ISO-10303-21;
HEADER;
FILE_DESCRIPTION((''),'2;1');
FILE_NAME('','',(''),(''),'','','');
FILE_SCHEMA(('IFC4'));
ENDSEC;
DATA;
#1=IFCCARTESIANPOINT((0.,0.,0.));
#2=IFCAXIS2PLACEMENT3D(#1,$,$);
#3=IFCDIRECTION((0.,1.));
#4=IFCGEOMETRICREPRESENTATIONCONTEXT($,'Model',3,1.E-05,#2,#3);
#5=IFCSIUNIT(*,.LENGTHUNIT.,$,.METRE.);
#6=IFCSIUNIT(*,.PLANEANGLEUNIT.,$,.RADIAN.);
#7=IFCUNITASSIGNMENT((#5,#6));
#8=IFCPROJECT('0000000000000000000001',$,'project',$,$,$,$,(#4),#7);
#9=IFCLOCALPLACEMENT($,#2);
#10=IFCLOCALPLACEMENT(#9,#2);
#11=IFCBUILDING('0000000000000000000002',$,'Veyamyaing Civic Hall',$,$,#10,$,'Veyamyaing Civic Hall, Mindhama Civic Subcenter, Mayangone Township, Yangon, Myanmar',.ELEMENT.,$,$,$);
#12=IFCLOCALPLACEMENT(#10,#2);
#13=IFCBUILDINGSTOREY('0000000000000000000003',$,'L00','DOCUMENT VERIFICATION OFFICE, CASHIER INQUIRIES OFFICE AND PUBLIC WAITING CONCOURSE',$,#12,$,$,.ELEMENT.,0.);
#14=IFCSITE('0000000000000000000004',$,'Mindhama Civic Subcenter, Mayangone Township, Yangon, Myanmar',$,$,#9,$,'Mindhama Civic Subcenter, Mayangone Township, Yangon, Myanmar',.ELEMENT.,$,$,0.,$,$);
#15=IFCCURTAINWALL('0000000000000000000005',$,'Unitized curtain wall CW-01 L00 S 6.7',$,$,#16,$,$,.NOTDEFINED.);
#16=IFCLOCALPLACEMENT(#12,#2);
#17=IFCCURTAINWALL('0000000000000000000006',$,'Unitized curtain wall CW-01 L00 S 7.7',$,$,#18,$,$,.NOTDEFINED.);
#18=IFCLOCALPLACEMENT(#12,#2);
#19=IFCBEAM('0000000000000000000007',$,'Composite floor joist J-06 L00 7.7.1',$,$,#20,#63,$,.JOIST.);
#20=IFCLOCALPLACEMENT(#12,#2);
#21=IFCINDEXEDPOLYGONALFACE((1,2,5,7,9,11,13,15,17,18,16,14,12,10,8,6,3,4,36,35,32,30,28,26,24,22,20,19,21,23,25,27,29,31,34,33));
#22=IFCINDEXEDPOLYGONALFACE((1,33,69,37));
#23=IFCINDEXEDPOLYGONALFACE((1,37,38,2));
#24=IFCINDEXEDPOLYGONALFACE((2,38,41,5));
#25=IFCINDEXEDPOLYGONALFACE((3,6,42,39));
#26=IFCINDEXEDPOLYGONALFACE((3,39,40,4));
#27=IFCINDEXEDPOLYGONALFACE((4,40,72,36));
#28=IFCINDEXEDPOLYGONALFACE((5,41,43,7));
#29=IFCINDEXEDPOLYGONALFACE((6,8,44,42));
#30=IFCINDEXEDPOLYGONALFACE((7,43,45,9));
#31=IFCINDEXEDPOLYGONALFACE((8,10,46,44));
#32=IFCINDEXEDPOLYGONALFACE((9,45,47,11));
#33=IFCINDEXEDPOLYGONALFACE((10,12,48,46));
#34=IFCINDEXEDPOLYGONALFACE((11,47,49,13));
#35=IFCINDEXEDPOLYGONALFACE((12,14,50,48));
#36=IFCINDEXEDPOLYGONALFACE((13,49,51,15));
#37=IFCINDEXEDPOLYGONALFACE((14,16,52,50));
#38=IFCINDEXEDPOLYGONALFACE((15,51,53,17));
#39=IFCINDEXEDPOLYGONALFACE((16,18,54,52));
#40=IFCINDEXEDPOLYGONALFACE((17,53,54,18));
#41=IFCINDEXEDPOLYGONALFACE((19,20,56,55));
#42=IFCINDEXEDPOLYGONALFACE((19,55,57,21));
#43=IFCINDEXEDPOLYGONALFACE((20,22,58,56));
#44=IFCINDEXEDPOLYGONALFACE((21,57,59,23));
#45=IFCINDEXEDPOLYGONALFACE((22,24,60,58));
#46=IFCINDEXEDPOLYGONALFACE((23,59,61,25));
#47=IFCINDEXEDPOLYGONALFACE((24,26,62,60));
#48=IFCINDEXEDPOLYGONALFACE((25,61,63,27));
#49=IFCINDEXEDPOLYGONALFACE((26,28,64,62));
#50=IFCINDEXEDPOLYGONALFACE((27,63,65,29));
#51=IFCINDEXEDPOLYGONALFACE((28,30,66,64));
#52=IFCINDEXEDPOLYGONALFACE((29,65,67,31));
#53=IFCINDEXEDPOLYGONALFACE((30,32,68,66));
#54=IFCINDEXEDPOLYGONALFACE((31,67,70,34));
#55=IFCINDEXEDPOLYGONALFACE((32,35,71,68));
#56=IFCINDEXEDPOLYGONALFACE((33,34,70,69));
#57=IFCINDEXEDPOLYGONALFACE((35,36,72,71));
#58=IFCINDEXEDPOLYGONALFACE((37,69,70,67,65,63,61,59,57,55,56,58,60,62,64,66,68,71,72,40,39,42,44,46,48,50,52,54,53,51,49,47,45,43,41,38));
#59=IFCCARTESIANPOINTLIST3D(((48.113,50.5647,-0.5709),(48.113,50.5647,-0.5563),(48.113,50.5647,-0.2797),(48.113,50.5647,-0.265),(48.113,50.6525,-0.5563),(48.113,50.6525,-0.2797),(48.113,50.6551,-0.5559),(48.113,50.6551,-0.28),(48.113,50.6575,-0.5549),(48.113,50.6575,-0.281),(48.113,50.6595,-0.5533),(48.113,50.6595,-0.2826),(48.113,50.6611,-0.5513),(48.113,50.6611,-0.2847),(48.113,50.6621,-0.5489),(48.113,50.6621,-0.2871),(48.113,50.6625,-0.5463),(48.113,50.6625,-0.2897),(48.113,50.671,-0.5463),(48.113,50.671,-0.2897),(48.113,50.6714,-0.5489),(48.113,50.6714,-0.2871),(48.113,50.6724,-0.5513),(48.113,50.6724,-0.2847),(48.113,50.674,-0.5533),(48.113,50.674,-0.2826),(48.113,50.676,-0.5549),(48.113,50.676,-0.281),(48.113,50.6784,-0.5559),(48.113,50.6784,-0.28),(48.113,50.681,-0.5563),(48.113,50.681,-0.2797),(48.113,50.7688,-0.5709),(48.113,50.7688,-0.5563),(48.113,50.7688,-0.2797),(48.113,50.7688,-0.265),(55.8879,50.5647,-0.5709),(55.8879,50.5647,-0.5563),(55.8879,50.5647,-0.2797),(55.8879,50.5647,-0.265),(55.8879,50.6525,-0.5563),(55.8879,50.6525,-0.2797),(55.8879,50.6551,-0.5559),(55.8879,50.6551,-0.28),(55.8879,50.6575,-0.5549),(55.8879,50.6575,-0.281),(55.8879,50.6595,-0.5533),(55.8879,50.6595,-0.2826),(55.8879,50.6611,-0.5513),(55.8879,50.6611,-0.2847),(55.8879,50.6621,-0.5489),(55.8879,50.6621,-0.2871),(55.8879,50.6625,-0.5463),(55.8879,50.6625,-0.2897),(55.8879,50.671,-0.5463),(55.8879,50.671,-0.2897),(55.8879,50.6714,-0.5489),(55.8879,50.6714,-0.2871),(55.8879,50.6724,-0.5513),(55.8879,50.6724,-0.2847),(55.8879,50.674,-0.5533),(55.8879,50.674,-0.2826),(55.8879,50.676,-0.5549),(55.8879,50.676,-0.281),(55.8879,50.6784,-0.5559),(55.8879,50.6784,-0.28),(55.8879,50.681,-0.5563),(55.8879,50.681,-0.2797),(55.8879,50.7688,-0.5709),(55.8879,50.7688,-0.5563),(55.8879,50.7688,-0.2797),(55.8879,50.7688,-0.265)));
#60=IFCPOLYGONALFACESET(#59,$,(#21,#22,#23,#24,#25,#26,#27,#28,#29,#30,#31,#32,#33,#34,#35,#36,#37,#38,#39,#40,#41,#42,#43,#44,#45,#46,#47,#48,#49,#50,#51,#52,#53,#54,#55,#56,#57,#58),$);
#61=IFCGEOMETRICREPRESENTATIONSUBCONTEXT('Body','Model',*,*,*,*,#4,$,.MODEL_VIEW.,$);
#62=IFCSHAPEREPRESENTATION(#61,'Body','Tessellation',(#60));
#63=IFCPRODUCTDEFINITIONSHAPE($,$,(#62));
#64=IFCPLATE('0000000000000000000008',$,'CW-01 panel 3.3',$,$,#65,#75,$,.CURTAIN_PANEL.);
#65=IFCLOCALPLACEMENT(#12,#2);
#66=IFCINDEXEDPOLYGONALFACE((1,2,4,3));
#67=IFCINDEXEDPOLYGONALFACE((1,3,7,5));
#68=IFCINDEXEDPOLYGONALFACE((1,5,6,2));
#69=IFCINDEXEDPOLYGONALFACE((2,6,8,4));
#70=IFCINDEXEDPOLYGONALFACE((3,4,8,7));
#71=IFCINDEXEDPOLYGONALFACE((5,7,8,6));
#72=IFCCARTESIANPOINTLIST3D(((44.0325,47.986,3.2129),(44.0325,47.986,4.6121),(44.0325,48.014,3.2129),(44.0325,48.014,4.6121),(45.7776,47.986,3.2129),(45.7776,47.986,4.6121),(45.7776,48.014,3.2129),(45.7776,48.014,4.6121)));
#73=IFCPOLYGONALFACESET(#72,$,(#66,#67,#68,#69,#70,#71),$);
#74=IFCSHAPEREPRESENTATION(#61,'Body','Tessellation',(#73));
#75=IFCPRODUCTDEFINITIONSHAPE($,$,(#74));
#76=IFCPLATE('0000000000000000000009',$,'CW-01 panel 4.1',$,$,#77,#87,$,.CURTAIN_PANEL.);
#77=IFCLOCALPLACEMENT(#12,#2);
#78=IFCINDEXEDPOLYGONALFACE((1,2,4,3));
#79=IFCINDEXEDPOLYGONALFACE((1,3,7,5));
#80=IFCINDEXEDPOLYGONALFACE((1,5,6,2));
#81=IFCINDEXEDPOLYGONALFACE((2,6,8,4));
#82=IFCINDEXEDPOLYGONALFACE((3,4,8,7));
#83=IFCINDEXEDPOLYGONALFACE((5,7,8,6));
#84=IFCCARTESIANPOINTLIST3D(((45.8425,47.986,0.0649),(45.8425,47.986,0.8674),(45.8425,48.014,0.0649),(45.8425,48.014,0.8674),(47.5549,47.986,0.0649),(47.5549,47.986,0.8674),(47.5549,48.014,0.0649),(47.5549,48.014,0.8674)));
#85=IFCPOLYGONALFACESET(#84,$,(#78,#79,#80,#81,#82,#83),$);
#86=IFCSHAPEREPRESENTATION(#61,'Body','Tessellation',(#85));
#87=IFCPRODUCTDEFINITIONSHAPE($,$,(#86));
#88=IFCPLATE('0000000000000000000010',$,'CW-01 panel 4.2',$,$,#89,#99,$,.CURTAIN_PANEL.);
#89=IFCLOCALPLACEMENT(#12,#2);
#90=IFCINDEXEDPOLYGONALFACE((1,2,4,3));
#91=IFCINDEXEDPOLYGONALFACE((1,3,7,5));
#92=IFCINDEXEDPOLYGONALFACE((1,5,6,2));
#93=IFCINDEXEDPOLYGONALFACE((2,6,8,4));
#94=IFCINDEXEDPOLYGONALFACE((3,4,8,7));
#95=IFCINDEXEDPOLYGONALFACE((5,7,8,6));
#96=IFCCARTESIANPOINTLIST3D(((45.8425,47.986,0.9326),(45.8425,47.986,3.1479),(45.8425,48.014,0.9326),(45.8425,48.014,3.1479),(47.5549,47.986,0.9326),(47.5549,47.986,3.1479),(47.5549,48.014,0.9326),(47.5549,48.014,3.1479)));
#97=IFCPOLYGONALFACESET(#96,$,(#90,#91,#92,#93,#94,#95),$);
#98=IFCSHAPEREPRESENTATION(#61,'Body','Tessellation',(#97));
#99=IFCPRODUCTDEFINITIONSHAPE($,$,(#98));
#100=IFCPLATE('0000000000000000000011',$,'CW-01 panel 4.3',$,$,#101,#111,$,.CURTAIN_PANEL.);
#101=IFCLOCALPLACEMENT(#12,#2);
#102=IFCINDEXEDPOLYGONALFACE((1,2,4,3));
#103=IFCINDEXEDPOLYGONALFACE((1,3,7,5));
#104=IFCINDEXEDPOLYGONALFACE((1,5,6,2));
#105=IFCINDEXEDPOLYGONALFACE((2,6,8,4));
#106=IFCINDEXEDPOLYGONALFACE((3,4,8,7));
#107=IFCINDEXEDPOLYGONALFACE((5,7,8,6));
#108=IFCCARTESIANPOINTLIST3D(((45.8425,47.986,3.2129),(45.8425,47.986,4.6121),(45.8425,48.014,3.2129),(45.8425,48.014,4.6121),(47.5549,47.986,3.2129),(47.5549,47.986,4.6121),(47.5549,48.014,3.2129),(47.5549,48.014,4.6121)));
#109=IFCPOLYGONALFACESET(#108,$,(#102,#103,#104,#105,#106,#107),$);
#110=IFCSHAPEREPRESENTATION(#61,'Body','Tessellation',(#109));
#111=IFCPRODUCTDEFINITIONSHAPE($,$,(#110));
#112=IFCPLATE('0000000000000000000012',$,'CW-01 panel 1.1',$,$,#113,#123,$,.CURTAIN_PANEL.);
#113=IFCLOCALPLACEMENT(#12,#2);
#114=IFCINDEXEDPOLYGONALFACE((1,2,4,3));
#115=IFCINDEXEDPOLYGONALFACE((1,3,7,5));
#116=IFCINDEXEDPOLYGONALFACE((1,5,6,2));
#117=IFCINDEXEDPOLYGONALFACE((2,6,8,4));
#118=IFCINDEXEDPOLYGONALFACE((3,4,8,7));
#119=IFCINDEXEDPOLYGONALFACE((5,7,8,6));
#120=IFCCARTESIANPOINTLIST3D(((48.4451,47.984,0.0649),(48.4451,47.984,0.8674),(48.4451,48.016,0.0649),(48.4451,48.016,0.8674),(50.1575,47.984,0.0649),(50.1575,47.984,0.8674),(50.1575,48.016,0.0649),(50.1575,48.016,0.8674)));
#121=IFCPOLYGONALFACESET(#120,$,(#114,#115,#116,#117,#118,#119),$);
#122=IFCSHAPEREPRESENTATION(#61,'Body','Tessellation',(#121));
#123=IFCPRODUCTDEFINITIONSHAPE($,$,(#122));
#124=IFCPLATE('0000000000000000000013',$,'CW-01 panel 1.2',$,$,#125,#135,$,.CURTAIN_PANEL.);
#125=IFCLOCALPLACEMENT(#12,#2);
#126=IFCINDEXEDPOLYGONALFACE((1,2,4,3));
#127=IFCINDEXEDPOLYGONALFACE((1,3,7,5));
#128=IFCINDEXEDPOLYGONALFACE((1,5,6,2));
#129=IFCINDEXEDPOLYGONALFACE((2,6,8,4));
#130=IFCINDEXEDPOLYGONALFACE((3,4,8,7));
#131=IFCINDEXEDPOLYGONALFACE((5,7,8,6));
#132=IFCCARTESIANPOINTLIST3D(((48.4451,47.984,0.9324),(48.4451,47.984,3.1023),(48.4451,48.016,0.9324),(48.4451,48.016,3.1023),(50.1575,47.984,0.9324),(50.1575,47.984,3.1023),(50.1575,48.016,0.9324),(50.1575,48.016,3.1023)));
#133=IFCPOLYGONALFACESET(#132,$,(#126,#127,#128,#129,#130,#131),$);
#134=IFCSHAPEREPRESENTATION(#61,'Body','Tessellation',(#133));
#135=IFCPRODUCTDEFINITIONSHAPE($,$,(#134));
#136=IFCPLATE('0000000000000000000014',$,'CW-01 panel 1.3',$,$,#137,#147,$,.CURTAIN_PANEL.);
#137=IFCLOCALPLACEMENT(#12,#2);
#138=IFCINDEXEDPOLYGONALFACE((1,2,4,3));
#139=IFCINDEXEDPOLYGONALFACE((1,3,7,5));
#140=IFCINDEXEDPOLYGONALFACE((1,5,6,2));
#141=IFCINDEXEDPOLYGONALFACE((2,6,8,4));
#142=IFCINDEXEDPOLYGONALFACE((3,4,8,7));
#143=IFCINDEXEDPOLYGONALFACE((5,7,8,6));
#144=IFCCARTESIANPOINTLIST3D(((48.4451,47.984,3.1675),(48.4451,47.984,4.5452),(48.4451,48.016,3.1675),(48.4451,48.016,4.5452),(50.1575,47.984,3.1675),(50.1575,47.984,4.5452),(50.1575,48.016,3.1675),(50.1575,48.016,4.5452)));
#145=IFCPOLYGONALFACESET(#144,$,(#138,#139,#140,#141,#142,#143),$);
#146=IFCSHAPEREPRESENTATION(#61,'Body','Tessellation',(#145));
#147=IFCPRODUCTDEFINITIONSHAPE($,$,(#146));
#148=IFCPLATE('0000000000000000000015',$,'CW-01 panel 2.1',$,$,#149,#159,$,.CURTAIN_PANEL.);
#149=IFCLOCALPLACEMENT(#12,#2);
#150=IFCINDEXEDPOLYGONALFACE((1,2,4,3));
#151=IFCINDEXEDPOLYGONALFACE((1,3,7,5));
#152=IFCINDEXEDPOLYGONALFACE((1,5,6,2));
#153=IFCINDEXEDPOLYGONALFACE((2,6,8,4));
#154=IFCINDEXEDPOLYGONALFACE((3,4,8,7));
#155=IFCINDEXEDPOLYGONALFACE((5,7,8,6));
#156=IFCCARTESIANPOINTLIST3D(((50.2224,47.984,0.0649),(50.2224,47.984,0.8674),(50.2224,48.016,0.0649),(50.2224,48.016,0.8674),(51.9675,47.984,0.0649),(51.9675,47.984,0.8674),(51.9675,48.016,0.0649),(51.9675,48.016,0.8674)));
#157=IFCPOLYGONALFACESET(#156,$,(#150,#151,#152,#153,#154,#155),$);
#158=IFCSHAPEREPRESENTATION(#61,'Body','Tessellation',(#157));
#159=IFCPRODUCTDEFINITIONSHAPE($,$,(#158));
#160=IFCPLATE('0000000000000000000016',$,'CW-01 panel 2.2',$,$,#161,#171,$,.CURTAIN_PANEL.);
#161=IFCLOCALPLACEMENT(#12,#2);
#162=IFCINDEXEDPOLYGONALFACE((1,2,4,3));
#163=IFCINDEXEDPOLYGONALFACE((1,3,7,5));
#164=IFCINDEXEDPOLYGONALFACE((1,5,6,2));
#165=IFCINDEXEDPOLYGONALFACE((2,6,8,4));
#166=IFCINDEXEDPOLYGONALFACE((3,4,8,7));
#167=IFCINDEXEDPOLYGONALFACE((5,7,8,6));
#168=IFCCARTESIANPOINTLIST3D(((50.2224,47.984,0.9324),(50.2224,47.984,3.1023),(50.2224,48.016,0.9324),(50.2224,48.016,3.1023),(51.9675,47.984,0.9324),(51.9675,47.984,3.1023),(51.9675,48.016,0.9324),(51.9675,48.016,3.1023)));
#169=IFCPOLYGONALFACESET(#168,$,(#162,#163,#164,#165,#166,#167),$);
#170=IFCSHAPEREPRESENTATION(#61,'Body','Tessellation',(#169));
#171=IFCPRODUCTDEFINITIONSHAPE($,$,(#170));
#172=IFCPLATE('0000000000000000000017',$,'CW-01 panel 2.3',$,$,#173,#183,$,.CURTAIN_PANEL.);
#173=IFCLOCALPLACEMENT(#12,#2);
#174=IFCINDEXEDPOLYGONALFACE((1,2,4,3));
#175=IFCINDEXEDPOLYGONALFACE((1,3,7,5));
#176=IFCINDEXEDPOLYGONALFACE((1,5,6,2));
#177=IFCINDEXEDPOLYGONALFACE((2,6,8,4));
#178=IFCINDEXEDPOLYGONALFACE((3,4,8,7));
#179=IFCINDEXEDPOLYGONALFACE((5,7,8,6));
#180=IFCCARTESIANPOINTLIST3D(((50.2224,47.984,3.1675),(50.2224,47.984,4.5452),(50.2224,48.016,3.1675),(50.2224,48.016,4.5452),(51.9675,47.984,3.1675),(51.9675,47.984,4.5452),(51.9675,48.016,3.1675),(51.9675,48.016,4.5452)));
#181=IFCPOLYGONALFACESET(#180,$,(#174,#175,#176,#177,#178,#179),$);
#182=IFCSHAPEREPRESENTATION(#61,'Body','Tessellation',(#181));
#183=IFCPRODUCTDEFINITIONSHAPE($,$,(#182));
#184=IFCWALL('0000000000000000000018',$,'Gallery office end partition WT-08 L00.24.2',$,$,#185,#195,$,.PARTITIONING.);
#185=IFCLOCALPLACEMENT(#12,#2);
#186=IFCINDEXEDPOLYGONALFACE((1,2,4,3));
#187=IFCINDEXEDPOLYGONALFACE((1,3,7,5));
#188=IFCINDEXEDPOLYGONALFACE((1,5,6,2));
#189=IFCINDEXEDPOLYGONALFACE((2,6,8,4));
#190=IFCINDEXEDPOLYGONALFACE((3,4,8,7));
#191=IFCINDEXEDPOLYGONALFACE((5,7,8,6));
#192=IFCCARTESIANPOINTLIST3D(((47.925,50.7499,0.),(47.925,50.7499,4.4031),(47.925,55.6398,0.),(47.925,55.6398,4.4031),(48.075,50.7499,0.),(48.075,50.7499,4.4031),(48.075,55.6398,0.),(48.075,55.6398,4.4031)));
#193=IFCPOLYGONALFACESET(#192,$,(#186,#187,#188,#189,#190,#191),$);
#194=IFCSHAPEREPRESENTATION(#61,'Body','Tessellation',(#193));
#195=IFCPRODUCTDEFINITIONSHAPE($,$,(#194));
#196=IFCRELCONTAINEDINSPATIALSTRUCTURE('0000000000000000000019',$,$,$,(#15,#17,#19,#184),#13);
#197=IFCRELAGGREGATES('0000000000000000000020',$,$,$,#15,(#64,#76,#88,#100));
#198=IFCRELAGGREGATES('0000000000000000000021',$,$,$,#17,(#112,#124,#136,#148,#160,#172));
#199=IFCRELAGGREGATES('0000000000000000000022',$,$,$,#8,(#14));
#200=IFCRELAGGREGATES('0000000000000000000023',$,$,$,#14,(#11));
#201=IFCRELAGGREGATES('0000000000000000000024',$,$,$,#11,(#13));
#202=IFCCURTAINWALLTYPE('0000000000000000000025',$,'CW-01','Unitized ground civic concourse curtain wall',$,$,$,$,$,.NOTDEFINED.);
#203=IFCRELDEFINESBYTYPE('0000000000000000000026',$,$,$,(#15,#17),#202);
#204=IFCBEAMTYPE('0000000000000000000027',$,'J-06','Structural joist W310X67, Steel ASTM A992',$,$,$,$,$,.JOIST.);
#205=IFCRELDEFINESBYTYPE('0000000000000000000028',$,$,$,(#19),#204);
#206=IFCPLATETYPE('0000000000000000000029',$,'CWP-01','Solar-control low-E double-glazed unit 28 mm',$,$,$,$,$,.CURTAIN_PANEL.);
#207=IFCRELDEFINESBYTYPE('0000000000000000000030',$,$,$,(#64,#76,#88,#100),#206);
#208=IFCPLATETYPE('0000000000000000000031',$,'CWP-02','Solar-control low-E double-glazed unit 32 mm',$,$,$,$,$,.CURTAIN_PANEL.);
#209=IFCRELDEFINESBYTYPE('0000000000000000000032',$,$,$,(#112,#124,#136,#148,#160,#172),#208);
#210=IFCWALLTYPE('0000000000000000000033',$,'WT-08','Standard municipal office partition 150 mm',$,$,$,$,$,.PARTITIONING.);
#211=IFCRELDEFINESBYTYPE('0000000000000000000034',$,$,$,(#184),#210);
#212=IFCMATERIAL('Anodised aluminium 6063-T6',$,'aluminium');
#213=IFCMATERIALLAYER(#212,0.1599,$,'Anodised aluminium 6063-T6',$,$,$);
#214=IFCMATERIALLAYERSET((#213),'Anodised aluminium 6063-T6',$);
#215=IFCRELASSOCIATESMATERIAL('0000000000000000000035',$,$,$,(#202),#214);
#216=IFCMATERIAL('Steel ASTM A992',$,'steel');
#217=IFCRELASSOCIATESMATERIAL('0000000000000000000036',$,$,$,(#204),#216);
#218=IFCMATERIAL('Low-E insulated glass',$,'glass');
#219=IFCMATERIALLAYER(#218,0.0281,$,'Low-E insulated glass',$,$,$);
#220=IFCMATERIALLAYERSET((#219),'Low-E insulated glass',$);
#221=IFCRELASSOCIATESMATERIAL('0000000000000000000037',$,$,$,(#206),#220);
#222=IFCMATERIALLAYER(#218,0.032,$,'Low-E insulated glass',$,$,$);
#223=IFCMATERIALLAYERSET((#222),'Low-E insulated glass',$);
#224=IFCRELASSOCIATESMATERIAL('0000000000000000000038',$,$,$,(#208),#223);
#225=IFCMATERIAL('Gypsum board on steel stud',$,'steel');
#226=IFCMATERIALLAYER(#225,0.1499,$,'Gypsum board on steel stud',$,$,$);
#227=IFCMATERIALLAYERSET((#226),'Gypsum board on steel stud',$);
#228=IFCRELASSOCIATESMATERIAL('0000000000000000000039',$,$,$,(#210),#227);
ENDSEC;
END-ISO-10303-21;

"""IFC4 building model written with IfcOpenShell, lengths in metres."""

from ifc_helpers import new_model, si_unit, direction, frame, frame_2d, origin, origin_2d, place, context, subcontext, project, spatial, rectangle, i_section, extrude, material, layer, layer_set, material_profile, profile_set, type_object, element, aggregate, save


model = new_model("IFC4")

# Units and contexts
model_context = context("Model", 3, precision=1e-05, world=origin(), true_north=direction((0.0, 1.0)))
body_context = subcontext(model_context, "Body", "Model", "MODEL_VIEW")
ifc_project = project(units=[si_unit("LENGTHUNIT", "METRE"), si_unit("PLANEANGLEUNIT", "RADIAN")], contexts=[model_context])

# Site, building, storey
site_placement = place(None, origin())
site = spatial("IfcSite", under=ifc_project, at=site_placement, Name="Mindhama Civic Subcenter, Mayangone Township, Yangon, Myanmar", LongName="Mindhama Civic Subcenter, Mayangone Township, Yangon, Myanmar", CompositionType="ELEMENT", RefElevation=0.0)
building_placement = place(site_placement, origin())
building = spatial("IfcBuilding", under=site, at=building_placement, Name="Veyamyaing Civic Hall", LongName="Veyamyaing Civic Hall, Mindhama Civic Subcenter, Mayangone Township, Yangon, Myanmar", CompositionType="ELEMENT")
storey_placement = place(building_placement, origin())
storey = spatial("IfcBuildingStorey", under=building, at=storey_placement, Name="L00", Description="DOCUMENT VERIFICATION OFFICE, CASHIER INQUIRIES OFFICE AND PUBLIC WAITING CONCOURSE", CompositionType="ELEMENT", Elevation=0.0)

# Shared definitions
ifc_material_1 = material(Name="Steel ASTM A992", Category="steel")

# Curtain walls
ifc_material_2 = material(Name="Anodised aluminium 6063-T6", Category="aluminium")
ifc_layer_1 = layer(ifc_material_2, 0.1599, Name="Anodised aluminium 6063-T6")
ifc_layer_set_1 = layer_set([ifc_layer_1], Name="Anodised aluminium 6063-T6")
curtain_wall_type = type_object("IfcCurtainWallType", Name="CW-01", Description="Unitized ground civic concourse curtain wall", PredefinedType="NOTDEFINED", material=ifc_layer_set_1)
curtain_wall_1_placement = place(storey_placement, origin())
curtain_wall_1 = element("IfcCurtainWall", 1, at=curtain_wall_1_placement, inside=storey, type_object=curtain_wall_type, Name="Unitized curtain wall CW-01 L00 S 6.7", PredefinedType="NOTDEFINED")
curtain_wall_2_placement = place(storey_placement, origin())
curtain_wall_2 = element("IfcCurtainWall", 2, at=curtain_wall_2_placement, inside=storey, type_object=curtain_wall_type, Name="Unitized curtain wall CW-01 L00 S 7.7", PredefinedType="NOTDEFINED")

# Beam
ifc_material_profile_1 = material_profile(ifc_material_1, i_section(OverallWidth=0.2041, OverallDepth=0.3059, WebThickness=0.0085, FlangeThickness=0.0146, FilletRadius=0.01, at=origin_2d()), Name="W310X67")
ifc_profile_set_1 = profile_set([ifc_material_profile_1], Name="Steel ASTM A992")
beam_type_1 = type_object("IfcBeamType", Name="J-06", Description="Structural joist W310X67, Steel ASTM A992", PredefinedType="JOIST", material=ifc_profile_set_1)
beam_1_placement = place(storey_placement, frame((48.113, 50.6667, -0.418), z_axis=(1.0, 0.0, 0.0), x_axis=(0.0, 1.0, 0.0)))
element("IfcBeam", 3, at=beam_1_placement, inside=storey, type_object=beam_type_1, Name="Composite floor joist J-06 L00 7.7.1", PredefinedType="JOIST", context=body_context, shape_type="SweptSolid", body=[
    extrude(i_section(OverallWidth=0.2041, OverallDepth=0.3059, WebThickness=0.0085, FlangeThickness=0.0146, FilletRadius=0.01, at=origin_2d()), origin(), (0.0, 0.0, 1.0), 7.7749),
])

# Plates
ifc_material_3 = material(Name="Low-E insulated glass", Category="glass")
ifc_layer_2 = layer(ifc_material_3, 0.0281, Name="Low-E insulated glass")
ifc_layer_set_2 = layer_set([ifc_layer_2], Name="Low-E insulated glass")
plate_type_1 = type_object("IfcPlateType", Name="CWP-01", Description="Solar-control low-E double-glazed unit 28 mm", PredefinedType="CURTAIN_PANEL", material=ifc_layer_set_2)
plate_1_placement = place(storey_placement, frame((44.905, 48.0, 3.2129), z_axis=(0.0, 0.0, 1.0), x_axis=(1.0, 0.0, 0.0)))
plate_1 = element("IfcPlate", 4, at=plate_1_placement, type_object=plate_type_1, Name="CW-01 panel 3.3", PredefinedType="CURTAIN_PANEL", context=body_context, shape_type="SweptSolid", body=[
    extrude(rectangle(XDim=1.7451, YDim=0.0281, at=origin_2d()), origin(), (0.0, 0.0, 1.0), 1.3992),
])
plate_2_placement = place(storey_placement, frame((46.6987, 48.0, 0.0649), z_axis=(0.0, 0.0, 1.0), x_axis=(1.0, 0.0, 0.0)))
plate_2 = element("IfcPlate", 5, at=plate_2_placement, type_object=plate_type_1, Name="CW-01 panel 4.1", PredefinedType="CURTAIN_PANEL", context=body_context, shape_type="SweptSolid", body=[
    extrude(rectangle(XDim=1.7124, YDim=0.0281, at=origin_2d()), origin(), (0.0, 0.0, 1.0), 0.8025),
])
plate_3_placement = place(storey_placement, frame((46.6987, 48.0, 0.9326), z_axis=(0.0, 0.0, 1.0), x_axis=(1.0, 0.0, 0.0)))
plate_3 = element("IfcPlate", 6, at=plate_3_placement, type_object=plate_type_1, Name="CW-01 panel 4.2", PredefinedType="CURTAIN_PANEL", context=body_context, shape_type="SweptSolid", body=[
    extrude(rectangle(XDim=1.7124, YDim=0.0281, at=origin_2d()), origin(), (0.0, 0.0, 1.0), 2.2153),
])
plate_4_placement = place(storey_placement, frame((46.6987, 48.0, 3.2129), z_axis=(0.0, 0.0, 1.0), x_axis=(1.0, 0.0, 0.0)))
plate_4 = element("IfcPlate", 7, at=plate_4_placement, type_object=plate_type_1, Name="CW-01 panel 4.3", PredefinedType="CURTAIN_PANEL", context=body_context, shape_type="SweptSolid", body=[
    extrude(rectangle(XDim=1.7124, YDim=0.0281, at=origin_2d()), origin(), (0.0, 0.0, 1.0), 1.3992),
])
aggregate(curtain_wall_1, [plate_1, plate_2, plate_3, plate_4])
ifc_layer_3 = layer(ifc_material_3, 0.032, Name="Low-E insulated glass")
ifc_layer_set_3 = layer_set([ifc_layer_3], Name="Low-E insulated glass")
plate_type_2 = type_object("IfcPlateType", Name="CWP-02", Description="Solar-control low-E double-glazed unit 32 mm", PredefinedType="CURTAIN_PANEL", material=ifc_layer_set_3)
plate_5_placement = place(storey_placement, frame((49.3013, 48.0, 0.0649), z_axis=(0.0, 0.0, 1.0), x_axis=(1.0, 0.0, 0.0)))
plate_5 = element("IfcPlate", 8, at=plate_5_placement, type_object=plate_type_2, Name="CW-01 panel 1.1", PredefinedType="CURTAIN_PANEL", context=body_context, shape_type="SweptSolid", body=[
    extrude(rectangle(XDim=1.7124, YDim=0.032, at=origin_2d()), origin(), (0.0, 0.0, 1.0), 0.8025),
])
plate_6_placement = place(storey_placement, frame((49.3013, 48.0, 0.9324), z_axis=(0.0, 0.0, 1.0), x_axis=(1.0, 0.0, 0.0)))
plate_6 = element("IfcPlate", 9, at=plate_6_placement, type_object=plate_type_2, Name="CW-01 panel 1.2", PredefinedType="CURTAIN_PANEL", context=body_context, shape_type="SweptSolid", body=[
    extrude(rectangle(XDim=1.7124, YDim=0.032, at=origin_2d()), origin(), (0.0, 0.0, 1.0), 2.1699),
])
plate_7_placement = place(storey_placement, frame((49.3013, 48.0, 3.1675), z_axis=(0.0, 0.0, 1.0), x_axis=(1.0, 0.0, 0.0)))
plate_7 = element("IfcPlate", 10, at=plate_7_placement, type_object=plate_type_2, Name="CW-01 panel 1.3", PredefinedType="CURTAIN_PANEL", context=body_context, shape_type="SweptSolid", body=[
    extrude(rectangle(XDim=1.7124, YDim=0.032, at=origin_2d()), origin(), (0.0, 0.0, 1.0), 1.3777),
])
plate_8_placement = place(storey_placement, frame((51.095, 48.0, 0.0649), z_axis=(0.0, 0.0, 1.0), x_axis=(1.0, 0.0, 0.0)))
plate_8 = element("IfcPlate", 11, at=plate_8_placement, type_object=plate_type_2, Name="CW-01 panel 2.1", PredefinedType="CURTAIN_PANEL", context=body_context, shape_type="SweptSolid", body=[
    extrude(rectangle(XDim=1.7451, YDim=0.032, at=origin_2d()), origin(), (0.0, 0.0, 1.0), 0.8025),
])
plate_9_placement = place(storey_placement, frame((51.095, 48.0, 0.9324), z_axis=(0.0, 0.0, 1.0), x_axis=(1.0, 0.0, 0.0)))
plate_9 = element("IfcPlate", 12, at=plate_9_placement, type_object=plate_type_2, Name="CW-01 panel 2.2", PredefinedType="CURTAIN_PANEL", context=body_context, shape_type="SweptSolid", body=[
    extrude(rectangle(XDim=1.7451, YDim=0.032, at=origin_2d()), origin(), (0.0, 0.0, 1.0), 2.1699),
])
plate_10_placement = place(storey_placement, frame((51.095, 48.0, 3.1675), z_axis=(0.0, 0.0, 1.0), x_axis=(1.0, 0.0, 0.0)))
plate_10 = element("IfcPlate", 13, at=plate_10_placement, type_object=plate_type_2, Name="CW-01 panel 2.3", PredefinedType="CURTAIN_PANEL", context=body_context, shape_type="SweptSolid", body=[
    extrude(rectangle(XDim=1.7451, YDim=0.032, at=origin_2d()), origin(), (0.0, 0.0, 1.0), 1.3777),
])
aggregate(curtain_wall_2, [plate_5, plate_6, plate_7, plate_8, plate_9, plate_10])

# Wall
ifc_material_4 = material(Name="Gypsum board on steel stud", Category="steel")
ifc_layer_4 = layer(ifc_material_4, 0.1499, Name="Gypsum board on steel stud")
ifc_layer_set_4 = layer_set([ifc_layer_4], Name="Gypsum board on steel stud")
wall_type_1 = type_object("IfcWallType", Name="WT-08", Description="Standard municipal office partition 150 mm", PredefinedType="PARTITIONING", material=ifc_layer_set_4)
wall_1_placement = place(storey_placement, frame((48.0, 50.75, 0.0), z_axis=(0.0, 0.0, 1.0), x_axis=(0.0, 1.0, 0.0)))
element("IfcWall", 14, at=wall_1_placement, inside=storey, type_object=wall_type_1, Name="Gallery office end partition WT-08 L00.24.2", PredefinedType="PARTITIONING", context=body_context, shape_type="SweptSolid", body=[
    extrude(rectangle(XDim=4.8899, YDim=0.1499, at=frame_2d((2.4448, 0.0))), origin(), (0.0, 0.0, 1.0), 4.4031),
])

save(model, "model.ifc")
